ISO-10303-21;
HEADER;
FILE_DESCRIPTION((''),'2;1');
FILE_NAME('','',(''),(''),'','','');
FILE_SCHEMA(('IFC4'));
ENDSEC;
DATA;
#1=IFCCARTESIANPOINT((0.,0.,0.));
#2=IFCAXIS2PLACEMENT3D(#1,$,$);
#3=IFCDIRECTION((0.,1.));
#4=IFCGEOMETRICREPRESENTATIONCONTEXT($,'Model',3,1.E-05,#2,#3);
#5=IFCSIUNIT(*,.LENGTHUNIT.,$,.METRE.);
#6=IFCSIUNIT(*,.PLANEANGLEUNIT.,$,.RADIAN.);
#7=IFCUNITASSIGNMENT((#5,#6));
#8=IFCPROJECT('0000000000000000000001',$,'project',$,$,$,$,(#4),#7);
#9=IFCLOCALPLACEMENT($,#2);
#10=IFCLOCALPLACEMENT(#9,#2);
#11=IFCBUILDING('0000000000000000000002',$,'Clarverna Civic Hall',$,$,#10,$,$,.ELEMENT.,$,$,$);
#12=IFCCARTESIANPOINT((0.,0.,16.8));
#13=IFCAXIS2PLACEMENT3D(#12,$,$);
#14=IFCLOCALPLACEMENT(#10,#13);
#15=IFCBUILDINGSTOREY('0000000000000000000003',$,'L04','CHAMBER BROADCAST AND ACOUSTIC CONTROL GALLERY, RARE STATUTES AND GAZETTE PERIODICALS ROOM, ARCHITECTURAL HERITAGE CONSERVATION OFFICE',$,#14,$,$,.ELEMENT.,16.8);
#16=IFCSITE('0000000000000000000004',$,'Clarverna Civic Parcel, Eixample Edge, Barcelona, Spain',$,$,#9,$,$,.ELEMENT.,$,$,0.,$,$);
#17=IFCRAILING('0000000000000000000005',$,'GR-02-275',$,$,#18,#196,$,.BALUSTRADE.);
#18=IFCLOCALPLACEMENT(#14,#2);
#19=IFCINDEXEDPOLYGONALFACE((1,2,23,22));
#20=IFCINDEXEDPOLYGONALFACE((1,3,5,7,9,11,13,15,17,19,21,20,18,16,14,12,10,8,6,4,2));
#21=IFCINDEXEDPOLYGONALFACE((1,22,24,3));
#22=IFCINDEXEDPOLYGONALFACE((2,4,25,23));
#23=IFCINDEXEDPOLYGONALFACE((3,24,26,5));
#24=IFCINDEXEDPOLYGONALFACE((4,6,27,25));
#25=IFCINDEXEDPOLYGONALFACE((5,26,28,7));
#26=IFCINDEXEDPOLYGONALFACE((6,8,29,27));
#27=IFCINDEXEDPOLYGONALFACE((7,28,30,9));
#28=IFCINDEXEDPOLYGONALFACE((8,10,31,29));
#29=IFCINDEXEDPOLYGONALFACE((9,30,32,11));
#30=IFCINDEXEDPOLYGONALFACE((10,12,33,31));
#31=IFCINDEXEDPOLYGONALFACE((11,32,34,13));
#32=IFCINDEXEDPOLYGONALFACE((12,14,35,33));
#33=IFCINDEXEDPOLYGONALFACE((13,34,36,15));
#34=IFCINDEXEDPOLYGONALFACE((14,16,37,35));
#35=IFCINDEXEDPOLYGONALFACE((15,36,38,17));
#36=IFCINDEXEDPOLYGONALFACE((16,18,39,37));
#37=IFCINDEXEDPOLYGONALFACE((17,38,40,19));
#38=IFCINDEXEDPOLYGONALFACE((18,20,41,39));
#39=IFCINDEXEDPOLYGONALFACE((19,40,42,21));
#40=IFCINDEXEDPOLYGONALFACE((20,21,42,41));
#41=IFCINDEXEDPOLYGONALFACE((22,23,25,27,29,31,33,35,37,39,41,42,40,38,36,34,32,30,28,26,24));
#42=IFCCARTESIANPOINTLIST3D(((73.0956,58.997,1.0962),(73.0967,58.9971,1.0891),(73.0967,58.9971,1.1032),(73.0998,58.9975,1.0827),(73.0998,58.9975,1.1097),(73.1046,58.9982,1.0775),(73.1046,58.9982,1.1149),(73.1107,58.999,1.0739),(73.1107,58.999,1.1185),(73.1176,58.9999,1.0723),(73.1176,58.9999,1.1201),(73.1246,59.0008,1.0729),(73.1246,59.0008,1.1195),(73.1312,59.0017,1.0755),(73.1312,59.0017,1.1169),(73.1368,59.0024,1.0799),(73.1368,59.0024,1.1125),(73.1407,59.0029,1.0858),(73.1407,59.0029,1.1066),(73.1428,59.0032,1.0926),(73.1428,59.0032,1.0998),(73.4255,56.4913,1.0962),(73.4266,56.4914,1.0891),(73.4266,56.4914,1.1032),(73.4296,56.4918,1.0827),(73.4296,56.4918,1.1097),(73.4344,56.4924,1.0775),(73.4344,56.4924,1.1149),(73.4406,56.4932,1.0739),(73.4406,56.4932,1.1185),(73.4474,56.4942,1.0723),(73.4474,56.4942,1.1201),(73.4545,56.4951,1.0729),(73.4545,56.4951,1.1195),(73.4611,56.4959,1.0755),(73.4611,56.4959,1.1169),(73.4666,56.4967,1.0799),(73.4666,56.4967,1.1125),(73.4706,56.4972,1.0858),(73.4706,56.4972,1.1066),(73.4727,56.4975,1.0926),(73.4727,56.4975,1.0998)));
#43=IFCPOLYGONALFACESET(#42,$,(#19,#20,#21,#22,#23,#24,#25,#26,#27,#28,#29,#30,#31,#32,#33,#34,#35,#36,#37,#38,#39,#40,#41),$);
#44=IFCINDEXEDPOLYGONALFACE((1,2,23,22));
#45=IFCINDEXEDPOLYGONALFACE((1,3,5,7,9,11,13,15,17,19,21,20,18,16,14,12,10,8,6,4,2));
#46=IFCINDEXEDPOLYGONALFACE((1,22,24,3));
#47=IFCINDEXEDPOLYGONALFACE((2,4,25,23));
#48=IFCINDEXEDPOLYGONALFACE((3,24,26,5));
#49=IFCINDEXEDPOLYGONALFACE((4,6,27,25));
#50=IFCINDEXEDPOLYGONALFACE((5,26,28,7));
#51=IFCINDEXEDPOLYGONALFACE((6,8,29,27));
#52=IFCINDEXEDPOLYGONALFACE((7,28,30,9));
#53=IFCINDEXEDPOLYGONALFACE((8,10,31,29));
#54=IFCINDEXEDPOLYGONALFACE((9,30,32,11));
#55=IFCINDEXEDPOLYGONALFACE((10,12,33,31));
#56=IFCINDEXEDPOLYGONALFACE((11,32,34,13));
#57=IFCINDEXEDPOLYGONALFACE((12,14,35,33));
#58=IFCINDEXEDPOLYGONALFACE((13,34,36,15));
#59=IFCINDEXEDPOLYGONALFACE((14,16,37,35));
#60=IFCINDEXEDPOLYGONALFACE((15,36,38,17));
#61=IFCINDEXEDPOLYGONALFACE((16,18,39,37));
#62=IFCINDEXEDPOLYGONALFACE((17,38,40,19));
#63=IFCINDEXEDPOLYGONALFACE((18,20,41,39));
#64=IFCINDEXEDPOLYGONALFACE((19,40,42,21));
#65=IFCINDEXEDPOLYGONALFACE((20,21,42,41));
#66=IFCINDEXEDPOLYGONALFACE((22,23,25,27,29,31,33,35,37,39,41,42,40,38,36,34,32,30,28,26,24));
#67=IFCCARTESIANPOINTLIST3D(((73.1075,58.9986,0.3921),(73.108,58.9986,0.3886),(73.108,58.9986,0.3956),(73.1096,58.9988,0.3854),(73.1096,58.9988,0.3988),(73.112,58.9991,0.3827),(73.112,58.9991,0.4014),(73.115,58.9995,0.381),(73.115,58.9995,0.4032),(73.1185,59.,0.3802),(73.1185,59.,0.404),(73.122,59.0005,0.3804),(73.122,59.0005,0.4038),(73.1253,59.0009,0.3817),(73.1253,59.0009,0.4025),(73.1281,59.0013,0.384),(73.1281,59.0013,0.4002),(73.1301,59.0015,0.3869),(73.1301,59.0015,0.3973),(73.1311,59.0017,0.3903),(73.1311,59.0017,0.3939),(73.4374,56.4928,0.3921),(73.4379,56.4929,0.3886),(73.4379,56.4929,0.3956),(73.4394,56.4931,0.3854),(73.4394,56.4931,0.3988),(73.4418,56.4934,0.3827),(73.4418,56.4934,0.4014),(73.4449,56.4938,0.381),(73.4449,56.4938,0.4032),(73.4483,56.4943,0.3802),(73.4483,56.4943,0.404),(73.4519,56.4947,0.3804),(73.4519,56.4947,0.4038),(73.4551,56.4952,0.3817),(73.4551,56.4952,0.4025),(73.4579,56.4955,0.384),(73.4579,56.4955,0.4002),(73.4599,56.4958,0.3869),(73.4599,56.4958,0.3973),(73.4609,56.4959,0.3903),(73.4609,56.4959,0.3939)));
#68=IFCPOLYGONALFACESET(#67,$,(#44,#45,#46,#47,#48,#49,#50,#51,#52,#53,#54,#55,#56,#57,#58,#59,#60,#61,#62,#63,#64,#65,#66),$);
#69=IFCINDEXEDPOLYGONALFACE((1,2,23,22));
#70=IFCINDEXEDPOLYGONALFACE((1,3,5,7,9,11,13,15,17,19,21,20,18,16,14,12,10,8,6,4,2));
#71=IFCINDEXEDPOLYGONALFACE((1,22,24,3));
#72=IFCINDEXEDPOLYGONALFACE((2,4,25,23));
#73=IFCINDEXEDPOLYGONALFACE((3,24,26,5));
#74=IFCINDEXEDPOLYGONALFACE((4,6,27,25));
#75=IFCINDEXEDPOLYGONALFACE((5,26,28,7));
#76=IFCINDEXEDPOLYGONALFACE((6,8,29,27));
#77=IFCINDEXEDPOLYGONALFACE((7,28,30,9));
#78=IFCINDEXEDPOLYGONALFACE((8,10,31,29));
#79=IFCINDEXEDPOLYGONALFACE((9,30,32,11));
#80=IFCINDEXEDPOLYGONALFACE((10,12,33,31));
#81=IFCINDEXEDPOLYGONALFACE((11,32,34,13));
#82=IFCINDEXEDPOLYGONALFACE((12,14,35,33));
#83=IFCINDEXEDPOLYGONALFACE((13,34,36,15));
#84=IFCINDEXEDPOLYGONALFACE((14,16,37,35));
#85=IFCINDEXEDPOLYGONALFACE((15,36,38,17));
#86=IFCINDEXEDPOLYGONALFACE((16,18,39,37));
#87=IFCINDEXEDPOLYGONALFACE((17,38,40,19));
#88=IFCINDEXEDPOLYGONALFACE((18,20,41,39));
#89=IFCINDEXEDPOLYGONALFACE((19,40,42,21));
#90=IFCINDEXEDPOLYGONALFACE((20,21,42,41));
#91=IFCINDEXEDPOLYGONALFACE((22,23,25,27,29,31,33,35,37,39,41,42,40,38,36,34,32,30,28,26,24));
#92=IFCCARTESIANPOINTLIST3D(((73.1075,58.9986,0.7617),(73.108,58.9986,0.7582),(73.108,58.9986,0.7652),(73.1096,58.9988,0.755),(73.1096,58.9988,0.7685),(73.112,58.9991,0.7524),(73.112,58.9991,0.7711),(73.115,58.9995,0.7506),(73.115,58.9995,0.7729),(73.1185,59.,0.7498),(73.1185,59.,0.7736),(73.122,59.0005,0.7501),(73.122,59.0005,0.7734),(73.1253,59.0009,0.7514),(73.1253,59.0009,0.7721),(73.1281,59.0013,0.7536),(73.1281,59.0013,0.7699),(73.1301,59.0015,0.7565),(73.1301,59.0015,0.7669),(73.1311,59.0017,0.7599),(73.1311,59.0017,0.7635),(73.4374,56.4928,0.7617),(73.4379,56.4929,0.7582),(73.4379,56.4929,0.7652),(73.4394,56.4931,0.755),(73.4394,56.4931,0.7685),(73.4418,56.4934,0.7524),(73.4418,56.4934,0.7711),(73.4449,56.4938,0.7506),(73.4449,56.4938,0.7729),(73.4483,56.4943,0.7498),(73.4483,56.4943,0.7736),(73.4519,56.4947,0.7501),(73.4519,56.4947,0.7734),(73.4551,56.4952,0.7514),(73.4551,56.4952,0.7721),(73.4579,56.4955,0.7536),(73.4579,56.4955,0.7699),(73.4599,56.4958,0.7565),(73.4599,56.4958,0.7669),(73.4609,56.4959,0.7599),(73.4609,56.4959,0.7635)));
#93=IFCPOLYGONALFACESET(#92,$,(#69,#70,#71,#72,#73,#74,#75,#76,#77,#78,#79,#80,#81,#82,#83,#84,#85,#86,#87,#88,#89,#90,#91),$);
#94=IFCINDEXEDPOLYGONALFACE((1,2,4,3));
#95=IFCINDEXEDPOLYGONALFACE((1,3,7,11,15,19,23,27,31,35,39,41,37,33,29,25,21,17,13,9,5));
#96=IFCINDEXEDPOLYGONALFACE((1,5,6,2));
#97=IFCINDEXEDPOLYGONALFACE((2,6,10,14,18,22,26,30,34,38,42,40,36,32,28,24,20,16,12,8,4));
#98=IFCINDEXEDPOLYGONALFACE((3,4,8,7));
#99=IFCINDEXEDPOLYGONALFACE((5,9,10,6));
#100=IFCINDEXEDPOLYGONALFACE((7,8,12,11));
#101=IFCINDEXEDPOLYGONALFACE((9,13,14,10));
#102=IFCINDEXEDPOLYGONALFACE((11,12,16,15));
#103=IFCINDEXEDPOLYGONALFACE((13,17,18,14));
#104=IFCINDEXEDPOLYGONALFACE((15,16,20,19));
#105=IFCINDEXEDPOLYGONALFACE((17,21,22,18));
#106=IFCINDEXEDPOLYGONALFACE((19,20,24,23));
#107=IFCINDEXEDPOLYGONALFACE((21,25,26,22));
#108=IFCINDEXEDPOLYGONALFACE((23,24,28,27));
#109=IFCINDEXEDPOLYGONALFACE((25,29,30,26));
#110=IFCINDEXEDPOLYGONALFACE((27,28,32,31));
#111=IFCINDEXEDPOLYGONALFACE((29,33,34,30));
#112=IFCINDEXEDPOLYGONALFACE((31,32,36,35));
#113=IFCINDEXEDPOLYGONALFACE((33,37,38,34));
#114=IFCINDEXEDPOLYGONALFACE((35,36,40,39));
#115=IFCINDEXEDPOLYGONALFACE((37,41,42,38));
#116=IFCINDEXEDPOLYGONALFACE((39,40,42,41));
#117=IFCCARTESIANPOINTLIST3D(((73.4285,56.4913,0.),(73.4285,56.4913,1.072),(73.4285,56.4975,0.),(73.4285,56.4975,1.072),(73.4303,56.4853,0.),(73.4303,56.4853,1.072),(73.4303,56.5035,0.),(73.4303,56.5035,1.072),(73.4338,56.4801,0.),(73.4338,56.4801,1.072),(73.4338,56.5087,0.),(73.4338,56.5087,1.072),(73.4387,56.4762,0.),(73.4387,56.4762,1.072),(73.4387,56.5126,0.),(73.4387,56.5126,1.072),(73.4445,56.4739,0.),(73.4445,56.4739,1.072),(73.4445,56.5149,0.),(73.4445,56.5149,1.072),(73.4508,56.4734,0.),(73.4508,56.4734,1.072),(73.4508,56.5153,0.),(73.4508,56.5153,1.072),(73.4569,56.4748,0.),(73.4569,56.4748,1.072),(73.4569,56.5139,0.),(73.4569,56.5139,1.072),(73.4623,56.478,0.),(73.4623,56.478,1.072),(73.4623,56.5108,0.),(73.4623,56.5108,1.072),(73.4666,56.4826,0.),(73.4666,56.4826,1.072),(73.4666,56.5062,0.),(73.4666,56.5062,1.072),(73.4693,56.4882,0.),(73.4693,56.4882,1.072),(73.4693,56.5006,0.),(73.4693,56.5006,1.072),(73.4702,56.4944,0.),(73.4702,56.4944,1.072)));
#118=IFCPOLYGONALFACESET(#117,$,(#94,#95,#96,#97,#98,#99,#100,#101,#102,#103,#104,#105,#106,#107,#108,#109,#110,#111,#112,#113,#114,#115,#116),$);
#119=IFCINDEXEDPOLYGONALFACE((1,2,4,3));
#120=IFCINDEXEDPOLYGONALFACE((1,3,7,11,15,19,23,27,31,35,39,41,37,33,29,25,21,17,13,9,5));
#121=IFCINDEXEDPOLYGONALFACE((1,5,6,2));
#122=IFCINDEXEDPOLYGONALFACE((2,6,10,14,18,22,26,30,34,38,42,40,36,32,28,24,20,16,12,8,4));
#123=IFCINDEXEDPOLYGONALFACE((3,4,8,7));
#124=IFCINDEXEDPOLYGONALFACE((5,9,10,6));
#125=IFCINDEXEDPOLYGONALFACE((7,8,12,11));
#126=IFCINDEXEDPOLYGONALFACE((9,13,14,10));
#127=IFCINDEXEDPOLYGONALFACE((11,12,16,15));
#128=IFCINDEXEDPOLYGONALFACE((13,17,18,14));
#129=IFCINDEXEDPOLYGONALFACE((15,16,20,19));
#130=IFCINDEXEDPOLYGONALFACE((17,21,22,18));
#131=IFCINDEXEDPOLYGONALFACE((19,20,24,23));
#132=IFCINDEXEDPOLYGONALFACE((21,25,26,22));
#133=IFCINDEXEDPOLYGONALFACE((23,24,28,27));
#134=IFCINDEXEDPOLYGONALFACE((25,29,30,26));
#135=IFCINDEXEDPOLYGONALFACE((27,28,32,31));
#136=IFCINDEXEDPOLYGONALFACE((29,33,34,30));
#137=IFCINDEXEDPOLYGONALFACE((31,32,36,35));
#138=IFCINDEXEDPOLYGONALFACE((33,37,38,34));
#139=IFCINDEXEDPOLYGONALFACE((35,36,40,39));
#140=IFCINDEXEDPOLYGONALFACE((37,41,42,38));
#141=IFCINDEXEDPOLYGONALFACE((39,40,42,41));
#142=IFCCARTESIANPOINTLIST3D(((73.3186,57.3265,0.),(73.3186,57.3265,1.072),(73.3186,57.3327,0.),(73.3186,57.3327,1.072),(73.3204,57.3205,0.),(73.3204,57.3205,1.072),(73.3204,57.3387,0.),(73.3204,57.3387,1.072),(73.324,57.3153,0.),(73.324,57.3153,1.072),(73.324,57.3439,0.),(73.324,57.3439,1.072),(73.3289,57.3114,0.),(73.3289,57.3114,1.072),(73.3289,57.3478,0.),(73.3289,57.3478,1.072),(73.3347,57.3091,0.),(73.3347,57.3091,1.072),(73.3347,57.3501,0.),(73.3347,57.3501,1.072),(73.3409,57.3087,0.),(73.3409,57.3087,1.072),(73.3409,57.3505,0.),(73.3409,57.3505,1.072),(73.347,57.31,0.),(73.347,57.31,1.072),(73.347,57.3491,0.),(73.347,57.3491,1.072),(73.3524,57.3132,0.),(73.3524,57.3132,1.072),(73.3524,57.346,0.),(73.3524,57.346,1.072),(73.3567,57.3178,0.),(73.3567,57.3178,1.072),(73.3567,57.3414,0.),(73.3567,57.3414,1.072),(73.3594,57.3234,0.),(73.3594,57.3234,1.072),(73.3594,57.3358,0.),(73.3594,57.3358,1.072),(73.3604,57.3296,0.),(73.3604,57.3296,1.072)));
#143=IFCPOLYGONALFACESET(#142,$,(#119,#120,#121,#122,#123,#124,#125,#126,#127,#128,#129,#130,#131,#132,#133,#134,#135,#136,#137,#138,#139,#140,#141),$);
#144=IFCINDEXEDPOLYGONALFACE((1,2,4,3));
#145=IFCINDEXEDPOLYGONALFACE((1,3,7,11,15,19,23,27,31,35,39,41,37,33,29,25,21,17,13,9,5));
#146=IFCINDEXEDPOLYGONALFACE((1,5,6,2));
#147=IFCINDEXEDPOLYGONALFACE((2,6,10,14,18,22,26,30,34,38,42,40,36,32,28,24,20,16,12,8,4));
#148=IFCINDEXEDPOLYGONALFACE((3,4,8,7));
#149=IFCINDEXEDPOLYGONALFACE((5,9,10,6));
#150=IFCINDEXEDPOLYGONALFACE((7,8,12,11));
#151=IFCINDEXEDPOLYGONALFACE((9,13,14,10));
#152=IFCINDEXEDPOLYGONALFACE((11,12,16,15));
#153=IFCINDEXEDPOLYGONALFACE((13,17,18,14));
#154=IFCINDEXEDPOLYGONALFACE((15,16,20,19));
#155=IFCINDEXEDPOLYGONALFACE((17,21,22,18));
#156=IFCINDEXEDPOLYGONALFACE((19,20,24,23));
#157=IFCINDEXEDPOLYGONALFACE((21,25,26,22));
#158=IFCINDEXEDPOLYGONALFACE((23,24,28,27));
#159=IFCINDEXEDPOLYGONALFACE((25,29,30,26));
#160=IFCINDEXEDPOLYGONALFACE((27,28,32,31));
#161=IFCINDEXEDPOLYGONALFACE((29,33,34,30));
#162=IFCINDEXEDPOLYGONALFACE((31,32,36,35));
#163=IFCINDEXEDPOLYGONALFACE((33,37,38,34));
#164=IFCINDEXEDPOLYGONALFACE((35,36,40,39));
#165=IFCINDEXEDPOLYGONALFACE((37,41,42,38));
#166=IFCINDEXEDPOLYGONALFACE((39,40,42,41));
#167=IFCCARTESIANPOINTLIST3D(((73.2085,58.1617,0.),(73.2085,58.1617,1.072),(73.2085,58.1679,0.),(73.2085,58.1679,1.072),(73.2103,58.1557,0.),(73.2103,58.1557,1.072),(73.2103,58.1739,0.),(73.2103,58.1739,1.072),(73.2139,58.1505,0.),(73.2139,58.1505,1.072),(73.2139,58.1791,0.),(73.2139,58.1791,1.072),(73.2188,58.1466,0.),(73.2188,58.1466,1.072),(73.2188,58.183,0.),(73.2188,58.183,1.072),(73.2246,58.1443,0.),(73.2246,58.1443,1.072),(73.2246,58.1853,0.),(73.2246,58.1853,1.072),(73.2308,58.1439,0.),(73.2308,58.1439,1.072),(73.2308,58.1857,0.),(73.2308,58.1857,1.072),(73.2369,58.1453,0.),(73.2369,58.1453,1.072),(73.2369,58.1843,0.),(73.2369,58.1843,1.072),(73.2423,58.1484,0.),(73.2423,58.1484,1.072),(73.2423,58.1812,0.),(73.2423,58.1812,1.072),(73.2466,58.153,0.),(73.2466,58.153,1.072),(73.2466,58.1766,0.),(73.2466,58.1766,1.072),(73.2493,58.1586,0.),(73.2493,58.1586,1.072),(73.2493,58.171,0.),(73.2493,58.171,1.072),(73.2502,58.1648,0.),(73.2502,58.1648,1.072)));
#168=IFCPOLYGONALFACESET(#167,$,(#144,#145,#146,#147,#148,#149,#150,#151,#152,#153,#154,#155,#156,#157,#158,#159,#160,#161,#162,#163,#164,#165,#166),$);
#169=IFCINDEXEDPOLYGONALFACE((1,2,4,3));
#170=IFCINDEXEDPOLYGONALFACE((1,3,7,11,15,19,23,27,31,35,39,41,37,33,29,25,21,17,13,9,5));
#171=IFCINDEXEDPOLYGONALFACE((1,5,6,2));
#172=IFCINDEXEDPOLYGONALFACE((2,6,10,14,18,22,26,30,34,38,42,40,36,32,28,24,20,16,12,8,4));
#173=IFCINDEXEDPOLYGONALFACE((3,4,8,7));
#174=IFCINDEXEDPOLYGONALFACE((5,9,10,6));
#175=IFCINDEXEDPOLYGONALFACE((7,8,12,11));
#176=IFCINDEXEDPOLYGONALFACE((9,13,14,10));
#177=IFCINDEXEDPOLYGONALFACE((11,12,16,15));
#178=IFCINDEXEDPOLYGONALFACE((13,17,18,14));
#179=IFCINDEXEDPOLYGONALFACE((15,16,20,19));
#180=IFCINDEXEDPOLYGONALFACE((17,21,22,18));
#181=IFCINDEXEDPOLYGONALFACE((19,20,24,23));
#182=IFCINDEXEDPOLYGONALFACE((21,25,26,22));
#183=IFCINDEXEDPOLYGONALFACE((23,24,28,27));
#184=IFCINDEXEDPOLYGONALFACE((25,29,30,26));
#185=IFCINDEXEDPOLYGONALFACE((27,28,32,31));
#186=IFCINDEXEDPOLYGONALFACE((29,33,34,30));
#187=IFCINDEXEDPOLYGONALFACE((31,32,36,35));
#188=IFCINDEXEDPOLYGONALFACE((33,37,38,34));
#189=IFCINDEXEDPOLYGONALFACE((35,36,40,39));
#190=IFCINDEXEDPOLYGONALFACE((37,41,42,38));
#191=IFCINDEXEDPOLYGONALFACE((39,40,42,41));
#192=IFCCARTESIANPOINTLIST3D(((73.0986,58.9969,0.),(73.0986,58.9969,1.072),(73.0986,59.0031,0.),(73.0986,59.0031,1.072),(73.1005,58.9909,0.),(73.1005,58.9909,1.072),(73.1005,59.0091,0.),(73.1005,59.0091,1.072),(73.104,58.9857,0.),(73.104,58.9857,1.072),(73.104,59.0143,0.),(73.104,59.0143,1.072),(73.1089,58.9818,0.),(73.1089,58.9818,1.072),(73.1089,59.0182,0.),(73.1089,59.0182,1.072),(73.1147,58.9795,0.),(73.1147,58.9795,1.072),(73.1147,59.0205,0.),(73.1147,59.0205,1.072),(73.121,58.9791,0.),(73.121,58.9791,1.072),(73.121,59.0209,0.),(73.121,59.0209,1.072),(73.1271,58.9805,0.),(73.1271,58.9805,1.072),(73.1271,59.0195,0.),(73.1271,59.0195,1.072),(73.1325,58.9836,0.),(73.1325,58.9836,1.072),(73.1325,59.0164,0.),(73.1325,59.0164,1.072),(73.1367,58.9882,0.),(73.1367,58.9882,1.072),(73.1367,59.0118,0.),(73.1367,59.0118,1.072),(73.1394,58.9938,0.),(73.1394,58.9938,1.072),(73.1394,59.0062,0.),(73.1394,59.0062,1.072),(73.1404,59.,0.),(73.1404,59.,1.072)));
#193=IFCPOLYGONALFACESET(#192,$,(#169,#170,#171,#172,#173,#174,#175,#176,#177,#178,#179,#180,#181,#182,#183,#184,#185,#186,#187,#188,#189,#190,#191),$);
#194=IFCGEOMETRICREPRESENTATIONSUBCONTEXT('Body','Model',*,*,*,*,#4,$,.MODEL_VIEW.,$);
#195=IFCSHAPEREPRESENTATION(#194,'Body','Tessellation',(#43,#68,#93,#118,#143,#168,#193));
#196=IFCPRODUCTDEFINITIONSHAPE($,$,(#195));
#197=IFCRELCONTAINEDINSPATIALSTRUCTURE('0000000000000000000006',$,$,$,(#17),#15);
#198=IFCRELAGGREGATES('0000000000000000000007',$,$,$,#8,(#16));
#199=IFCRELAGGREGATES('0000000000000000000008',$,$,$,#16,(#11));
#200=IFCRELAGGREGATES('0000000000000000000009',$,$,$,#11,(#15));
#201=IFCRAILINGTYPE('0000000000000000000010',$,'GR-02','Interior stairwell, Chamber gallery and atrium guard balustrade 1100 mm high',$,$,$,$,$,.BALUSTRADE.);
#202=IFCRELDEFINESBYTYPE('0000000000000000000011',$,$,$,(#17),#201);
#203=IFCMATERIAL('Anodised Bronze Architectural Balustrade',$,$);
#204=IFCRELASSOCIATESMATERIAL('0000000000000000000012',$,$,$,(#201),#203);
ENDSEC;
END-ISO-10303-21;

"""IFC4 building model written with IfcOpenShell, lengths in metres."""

from ifc_helpers import new_model, si_unit, direction, frame, origin, origin_2d, place, context, subcontext, project, spatial, circle, extrude, material, type_object, element, save


model = new_model("IFC4")

# Units and contexts
model_context = context("Model", 3, precision=1e-05, world=origin(), true_north=direction((0.0, 1.0)))
body_context = subcontext(model_context, "Body", "Model", "MODEL_VIEW")
ifc_project = project(units=[si_unit("LENGTHUNIT", "METRE"), si_unit("PLANEANGLEUNIT", "RADIAN")], contexts=[model_context])

# Site, building, storey
site_placement = place(None, origin())
site = spatial("IfcSite", under=ifc_project, at=site_placement, Name="Clarverna Civic Parcel, Eixample Edge, Barcelona, Spain", CompositionType="ELEMENT", RefElevation=0.0)
building_placement = place(site_placement, origin())
building = spatial("IfcBuilding", under=site, at=building_placement, Name="Clarverna Civic Hall", CompositionType="ELEMENT")
storey_placement = place(building_placement, frame((0.0, 0.0, 16.8)))
storey = spatial("IfcBuildingStorey", under=building, at=storey_placement, Name="L04", Description="CHAMBER BROADCAST AND ACOUSTIC CONTROL GALLERY, RARE STATUTES AND GAZETTE PERIODICALS ROOM, ARCHITECTURAL HERITAGE CONSERVATION OFFICE", CompositionType="ELEMENT", Elevation=16.8)

# Railing
ifc_material_1 = material(Name="Anodised Bronze Architectural Balustrade")
railing_type = type_object("IfcRailingType", Name="GR-02", Description="Interior stairwell, Chamber gallery and atrium guard balustrade 1100 mm high", PredefinedType="BALUSTRADE", material=ifc_material_1)
railing_1_placement = place(storey_placement, frame((73.4492, 56.4944, 0.0)))
element("IfcRailing", 1, at=railing_1_placement, inside=storey, type_object=railing_type, Name="GR-02-275", PredefinedType="BALUSTRADE", context=body_context, shape_type="SweptSolid", body=[
    extrude(circle(Radius=0.0239, at=origin_2d()), frame((0.0, 0.0, 1.0962), z_axis=(-0.130512, 0.991447, 0.0), x_axis=(-0.991447, -0.130512, 0.0)), (0.0, 0.0, 1.0), 2.5273),
    extrude(circle(Radius=0.012, at=origin_2d()), frame((0.0, 0.0, 0.3921), z_axis=(-0.130512, 0.991447, 0.0), x_axis=(-0.991447, -0.130512, 0.0)), (0.0, 0.0, 1.0), 2.5273),
    extrude(circle(Radius=0.012, at=origin_2d()), frame((0.0, 0.0, 0.7617), z_axis=(-0.130512, 0.991447, 0.0), x_axis=(-0.991447, -0.130512, 0.0)), (0.0, 0.0, 1.0), 2.5273),
    extrude(circle(Radius=0.021, at=origin_2d()), origin(), (0.0, 0.0, 1.0), 1.072),
    extrude(circle(Radius=0.021, at=origin_2d()), frame((-0.1099, 0.8352, 0.0)), (0.0, 0.0, 1.0), 1.072),
    extrude(circle(Radius=0.021, at=origin_2d()), frame((-0.22, 1.6704, 0.0)), (0.0, 0.0, 1.0), 1.072),
    extrude(circle(Radius=0.021, at=origin_2d()), frame((-0.3298, 2.5056, 0.0)), (0.0, 0.0, 1.0), 1.072),
])

save(model, "model.ifc")
